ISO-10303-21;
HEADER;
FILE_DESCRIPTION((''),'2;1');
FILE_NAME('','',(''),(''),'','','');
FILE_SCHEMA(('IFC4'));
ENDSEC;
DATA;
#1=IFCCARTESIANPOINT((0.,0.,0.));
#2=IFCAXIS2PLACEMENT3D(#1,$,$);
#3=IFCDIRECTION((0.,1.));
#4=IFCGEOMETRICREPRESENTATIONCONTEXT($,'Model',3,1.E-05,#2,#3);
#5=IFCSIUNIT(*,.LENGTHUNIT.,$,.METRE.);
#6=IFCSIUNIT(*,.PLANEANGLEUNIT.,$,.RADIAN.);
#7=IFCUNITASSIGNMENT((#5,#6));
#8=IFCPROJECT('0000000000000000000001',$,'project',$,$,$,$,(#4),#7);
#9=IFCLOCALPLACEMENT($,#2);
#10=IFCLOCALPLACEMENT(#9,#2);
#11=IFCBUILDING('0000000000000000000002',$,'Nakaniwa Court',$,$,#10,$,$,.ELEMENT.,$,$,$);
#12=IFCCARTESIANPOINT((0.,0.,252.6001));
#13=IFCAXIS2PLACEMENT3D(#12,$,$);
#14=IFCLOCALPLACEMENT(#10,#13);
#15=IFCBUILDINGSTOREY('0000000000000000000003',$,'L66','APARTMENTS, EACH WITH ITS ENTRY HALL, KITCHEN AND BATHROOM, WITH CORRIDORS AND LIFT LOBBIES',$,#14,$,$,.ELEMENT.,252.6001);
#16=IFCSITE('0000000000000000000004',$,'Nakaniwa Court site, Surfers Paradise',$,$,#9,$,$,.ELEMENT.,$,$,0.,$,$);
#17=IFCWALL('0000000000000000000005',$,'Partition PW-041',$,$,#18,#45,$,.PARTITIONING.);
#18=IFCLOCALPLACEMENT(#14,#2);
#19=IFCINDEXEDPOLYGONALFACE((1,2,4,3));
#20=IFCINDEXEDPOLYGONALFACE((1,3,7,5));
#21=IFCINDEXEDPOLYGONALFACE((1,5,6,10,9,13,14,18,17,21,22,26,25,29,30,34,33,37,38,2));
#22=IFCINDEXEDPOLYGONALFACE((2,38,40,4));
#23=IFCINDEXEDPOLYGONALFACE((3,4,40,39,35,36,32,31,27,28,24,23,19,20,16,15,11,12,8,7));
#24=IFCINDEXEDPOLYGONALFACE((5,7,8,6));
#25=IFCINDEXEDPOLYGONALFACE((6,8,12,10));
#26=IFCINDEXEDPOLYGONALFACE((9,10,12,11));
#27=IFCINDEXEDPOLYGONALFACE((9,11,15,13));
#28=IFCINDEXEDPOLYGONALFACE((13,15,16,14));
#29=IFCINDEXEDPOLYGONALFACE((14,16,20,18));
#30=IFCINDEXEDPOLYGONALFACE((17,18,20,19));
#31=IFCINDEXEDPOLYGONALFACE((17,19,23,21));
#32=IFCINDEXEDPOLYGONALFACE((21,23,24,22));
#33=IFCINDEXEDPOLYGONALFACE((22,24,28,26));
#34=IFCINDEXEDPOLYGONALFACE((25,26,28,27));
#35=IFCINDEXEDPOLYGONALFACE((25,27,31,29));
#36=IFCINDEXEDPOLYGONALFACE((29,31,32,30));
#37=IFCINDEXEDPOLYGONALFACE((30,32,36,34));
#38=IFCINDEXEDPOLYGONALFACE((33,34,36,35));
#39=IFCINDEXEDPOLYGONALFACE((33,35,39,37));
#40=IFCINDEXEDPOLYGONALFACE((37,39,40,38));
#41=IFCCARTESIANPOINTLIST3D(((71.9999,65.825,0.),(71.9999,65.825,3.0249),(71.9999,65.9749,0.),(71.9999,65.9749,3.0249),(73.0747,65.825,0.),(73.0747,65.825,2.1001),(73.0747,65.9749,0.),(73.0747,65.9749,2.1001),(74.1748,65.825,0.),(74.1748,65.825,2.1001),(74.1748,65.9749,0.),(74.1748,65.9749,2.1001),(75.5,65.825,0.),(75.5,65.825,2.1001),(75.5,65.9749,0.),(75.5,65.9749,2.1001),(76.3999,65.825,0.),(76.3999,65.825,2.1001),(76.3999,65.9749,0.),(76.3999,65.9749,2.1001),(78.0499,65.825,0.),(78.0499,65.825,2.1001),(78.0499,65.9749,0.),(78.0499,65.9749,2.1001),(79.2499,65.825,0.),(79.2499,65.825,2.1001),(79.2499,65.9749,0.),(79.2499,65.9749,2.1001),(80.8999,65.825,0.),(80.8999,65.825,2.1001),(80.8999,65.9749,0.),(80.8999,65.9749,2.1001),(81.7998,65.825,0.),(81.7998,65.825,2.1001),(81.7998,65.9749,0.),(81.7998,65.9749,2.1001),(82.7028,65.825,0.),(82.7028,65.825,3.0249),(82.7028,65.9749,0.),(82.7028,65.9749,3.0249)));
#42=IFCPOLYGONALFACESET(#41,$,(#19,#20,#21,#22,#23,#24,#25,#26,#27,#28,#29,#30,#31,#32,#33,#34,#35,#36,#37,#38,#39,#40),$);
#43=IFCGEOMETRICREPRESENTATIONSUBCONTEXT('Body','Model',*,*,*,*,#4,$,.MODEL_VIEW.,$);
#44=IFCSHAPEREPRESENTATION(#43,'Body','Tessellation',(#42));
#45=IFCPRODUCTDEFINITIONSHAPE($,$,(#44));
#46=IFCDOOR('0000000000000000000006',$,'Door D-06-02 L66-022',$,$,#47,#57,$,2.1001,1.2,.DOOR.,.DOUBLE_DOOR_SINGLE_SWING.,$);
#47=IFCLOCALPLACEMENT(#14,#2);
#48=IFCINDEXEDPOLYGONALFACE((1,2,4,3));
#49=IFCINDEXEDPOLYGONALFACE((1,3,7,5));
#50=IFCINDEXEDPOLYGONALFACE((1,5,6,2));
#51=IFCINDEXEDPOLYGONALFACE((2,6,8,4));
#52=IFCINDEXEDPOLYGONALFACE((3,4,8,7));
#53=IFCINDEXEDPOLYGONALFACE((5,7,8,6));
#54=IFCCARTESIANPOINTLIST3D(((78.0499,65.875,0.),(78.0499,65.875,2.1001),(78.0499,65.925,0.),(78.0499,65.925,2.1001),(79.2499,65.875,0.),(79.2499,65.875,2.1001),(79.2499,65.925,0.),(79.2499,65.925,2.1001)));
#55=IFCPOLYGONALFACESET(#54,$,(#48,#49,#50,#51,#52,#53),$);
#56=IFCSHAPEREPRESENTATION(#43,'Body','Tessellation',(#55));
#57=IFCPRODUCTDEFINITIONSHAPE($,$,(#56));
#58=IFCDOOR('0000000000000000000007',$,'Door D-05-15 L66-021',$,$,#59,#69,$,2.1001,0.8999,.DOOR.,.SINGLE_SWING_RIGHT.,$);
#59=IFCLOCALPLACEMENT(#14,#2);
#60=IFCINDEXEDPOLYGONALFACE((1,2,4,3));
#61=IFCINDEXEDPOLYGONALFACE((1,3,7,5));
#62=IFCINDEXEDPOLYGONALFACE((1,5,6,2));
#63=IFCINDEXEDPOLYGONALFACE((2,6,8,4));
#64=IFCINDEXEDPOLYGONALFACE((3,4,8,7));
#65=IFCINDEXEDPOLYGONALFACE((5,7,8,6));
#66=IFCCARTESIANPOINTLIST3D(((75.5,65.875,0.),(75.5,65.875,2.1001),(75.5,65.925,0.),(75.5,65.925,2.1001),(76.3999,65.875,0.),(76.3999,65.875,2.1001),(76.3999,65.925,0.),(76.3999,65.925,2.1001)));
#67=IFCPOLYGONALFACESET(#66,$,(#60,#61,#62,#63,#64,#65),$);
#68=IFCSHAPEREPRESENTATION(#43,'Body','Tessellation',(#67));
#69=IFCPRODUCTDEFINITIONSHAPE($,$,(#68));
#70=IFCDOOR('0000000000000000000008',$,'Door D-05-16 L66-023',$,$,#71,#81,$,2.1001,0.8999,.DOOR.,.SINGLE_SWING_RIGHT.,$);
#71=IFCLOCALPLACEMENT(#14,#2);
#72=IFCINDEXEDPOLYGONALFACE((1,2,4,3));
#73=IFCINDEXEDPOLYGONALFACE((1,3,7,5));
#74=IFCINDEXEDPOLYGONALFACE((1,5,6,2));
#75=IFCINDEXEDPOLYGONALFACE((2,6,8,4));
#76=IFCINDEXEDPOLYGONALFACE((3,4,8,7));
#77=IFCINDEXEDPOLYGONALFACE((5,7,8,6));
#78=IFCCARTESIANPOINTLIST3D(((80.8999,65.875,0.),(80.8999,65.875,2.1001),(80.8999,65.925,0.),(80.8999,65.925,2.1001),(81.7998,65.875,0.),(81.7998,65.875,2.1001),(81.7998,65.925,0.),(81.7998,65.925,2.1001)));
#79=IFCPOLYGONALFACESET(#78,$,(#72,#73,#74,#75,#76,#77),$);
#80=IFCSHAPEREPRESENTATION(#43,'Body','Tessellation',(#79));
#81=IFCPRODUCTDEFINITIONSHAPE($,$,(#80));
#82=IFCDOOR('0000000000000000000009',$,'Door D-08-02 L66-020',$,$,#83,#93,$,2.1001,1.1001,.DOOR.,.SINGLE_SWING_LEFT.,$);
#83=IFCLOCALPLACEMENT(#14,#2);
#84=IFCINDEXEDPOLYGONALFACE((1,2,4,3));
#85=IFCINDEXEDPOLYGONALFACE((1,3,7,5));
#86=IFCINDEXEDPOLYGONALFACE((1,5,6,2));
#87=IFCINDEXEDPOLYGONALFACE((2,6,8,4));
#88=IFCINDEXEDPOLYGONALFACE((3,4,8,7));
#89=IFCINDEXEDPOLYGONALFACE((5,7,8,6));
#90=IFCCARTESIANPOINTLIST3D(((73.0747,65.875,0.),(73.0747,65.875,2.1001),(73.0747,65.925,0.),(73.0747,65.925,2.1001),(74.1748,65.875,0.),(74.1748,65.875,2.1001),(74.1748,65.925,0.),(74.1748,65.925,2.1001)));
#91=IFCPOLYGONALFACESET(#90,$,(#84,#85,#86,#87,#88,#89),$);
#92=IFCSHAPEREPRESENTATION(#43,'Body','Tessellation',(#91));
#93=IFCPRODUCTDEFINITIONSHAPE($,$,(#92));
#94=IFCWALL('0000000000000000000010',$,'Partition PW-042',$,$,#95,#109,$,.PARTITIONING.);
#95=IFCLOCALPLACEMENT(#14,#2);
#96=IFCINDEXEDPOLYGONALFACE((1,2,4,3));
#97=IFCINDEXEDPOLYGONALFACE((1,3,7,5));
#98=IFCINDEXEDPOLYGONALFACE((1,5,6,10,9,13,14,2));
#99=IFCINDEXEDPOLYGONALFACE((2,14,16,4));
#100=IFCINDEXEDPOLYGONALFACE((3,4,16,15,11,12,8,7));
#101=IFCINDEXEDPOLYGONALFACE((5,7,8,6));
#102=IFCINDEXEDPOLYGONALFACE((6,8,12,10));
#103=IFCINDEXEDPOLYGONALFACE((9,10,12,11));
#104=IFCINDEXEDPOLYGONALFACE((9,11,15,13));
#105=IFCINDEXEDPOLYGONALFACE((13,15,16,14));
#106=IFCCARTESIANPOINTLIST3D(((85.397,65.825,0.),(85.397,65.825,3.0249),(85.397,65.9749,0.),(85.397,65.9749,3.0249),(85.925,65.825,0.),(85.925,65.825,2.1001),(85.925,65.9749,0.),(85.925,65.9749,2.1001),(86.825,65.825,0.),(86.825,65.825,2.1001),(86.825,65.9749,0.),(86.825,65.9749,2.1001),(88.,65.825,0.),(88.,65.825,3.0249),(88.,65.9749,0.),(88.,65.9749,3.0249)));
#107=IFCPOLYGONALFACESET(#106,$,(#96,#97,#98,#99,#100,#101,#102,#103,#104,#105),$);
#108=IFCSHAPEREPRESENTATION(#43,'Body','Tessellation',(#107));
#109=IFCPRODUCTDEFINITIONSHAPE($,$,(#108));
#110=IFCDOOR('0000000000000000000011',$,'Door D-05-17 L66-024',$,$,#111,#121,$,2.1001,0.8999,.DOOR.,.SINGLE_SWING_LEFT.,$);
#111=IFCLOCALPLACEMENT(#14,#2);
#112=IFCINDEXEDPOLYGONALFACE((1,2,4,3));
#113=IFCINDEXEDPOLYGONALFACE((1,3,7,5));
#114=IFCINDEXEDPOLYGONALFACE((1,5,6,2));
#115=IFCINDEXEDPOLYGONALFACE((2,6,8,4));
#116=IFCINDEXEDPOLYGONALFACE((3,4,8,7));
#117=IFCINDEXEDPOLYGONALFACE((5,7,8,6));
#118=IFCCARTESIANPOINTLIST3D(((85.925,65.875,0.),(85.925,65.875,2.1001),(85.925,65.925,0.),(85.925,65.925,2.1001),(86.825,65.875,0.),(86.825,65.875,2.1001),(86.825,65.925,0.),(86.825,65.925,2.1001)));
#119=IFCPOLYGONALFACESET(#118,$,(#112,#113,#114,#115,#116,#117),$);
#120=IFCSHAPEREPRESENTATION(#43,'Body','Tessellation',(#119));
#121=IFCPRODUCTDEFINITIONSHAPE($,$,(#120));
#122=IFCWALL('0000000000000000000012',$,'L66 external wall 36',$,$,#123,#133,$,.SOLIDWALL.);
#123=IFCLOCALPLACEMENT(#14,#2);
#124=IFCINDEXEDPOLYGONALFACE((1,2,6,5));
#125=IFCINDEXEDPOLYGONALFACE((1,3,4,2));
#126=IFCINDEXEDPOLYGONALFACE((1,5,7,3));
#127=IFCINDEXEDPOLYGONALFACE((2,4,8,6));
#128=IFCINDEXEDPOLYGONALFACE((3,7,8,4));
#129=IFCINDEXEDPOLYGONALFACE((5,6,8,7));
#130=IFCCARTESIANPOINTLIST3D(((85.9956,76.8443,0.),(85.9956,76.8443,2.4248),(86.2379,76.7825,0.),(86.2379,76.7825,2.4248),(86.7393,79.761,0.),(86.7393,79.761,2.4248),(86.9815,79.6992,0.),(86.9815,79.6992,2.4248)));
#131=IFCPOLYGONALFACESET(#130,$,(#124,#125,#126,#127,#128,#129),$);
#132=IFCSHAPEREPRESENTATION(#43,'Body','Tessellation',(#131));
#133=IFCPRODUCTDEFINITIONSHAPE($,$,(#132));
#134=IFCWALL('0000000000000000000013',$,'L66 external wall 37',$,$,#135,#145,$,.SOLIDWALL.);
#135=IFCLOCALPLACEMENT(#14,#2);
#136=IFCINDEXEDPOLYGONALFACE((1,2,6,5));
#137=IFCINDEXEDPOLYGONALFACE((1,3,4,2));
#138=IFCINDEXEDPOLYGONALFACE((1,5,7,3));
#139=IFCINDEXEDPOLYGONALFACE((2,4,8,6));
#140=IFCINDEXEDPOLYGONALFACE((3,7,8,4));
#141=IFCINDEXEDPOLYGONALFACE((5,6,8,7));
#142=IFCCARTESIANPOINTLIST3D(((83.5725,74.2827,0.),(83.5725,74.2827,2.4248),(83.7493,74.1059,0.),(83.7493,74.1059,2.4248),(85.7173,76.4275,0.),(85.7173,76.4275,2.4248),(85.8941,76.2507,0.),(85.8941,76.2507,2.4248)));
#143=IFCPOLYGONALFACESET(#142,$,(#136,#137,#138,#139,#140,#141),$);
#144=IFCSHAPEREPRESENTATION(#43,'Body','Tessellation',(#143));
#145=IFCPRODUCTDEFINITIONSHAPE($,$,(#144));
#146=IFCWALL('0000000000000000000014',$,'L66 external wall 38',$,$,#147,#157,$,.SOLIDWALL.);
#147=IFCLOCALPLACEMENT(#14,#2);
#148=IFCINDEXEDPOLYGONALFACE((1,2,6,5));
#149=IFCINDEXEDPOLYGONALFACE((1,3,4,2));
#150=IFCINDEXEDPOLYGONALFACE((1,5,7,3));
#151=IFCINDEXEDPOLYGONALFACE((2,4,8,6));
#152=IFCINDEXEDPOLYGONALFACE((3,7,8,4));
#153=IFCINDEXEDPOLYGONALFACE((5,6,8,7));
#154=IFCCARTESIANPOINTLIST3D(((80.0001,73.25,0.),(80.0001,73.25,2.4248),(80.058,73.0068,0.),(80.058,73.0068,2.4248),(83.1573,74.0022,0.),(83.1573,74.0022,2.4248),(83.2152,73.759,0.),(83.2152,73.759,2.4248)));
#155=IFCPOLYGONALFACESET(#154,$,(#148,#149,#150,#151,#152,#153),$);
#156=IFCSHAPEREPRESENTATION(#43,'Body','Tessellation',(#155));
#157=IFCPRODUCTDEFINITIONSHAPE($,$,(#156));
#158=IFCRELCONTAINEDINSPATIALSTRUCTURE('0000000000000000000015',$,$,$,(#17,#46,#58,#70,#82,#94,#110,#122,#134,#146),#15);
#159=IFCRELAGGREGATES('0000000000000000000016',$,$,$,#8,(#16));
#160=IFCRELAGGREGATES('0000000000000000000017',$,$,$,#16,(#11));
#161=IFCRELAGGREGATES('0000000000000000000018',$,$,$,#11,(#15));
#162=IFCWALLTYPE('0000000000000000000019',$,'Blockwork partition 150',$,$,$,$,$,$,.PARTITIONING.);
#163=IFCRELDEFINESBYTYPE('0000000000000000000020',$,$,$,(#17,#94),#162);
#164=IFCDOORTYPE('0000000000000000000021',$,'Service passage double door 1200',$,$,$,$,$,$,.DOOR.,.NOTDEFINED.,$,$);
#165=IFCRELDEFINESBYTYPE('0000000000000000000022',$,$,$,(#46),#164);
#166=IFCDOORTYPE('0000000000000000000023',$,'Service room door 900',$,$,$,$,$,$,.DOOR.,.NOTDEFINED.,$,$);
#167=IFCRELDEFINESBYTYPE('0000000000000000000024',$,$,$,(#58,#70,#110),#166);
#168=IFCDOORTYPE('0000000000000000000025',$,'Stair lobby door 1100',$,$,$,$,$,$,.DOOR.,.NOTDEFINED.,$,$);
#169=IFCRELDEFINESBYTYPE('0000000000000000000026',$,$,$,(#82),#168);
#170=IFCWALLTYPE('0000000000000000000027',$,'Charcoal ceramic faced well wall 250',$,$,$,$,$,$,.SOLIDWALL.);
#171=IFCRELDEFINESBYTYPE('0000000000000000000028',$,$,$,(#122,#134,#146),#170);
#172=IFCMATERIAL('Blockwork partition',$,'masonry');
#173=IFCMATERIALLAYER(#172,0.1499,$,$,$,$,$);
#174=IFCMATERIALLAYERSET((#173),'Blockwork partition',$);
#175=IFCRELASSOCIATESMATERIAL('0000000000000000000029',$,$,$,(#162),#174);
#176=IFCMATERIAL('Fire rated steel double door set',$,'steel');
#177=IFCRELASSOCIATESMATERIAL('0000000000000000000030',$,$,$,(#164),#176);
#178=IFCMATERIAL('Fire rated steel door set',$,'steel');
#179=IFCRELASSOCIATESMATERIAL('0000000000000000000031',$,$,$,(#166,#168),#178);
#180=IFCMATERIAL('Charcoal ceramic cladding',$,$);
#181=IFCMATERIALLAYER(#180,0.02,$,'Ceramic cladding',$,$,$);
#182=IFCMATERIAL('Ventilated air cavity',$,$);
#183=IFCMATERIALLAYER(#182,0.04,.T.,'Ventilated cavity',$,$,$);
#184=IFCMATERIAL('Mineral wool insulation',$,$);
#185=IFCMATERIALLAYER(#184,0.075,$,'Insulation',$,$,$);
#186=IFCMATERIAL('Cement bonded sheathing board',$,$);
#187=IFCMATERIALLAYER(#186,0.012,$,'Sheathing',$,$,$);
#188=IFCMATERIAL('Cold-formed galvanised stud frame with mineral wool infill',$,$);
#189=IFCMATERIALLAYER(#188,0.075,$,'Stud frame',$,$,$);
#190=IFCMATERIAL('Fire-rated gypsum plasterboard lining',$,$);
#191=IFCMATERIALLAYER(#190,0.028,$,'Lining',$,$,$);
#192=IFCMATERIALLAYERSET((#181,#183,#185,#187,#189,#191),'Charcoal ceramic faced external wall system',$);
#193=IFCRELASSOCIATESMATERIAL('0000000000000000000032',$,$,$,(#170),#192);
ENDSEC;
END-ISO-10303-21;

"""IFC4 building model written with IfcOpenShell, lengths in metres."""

from ifc_helpers import new_model, si_unit, direction, frame, frame_2d, origin, place, context, subcontext, project, spatial, rectangle, extrude, material, layer, layer_set, type_object, element, fill, save


model = new_model("IFC4")

# Units and contexts
model_context = context("Model", 3, precision=1e-05, world=origin(), true_north=direction((0.0, 1.0)))
body_context = subcontext(model_context, "Body", "Model", "MODEL_VIEW")
ifc_project = project(units=[si_unit("LENGTHUNIT", "METRE"), si_unit("PLANEANGLEUNIT", "RADIAN")], contexts=[model_context])

# Site, building, storey
site_placement = place(None, origin())
site = spatial("IfcSite", under=ifc_project, at=site_placement, Name="Nakaniwa Court site, Surfers Paradise", CompositionType="ELEMENT", RefElevation=0.0)
building_placement = place(site_placement, origin())
building = spatial("IfcBuilding", under=site, at=building_placement, Name="Nakaniwa Court", CompositionType="ELEMENT")
storey_placement = place(building_placement, frame((0.0, 0.0, 252.6001)))
storey = spatial("IfcBuildingStorey", under=building, at=storey_placement, Name="L66", Description="APARTMENTS, EACH WITH ITS ENTRY HALL, KITCHEN AND BATHROOM, WITH CORRIDORS AND LIFT LOBBIES", CompositionType="ELEMENT", Elevation=252.6001)

# Shared definitions
ifc_material_1 = material(Name="Blockwork partition", Category="masonry")
ifc_layer_1 = layer(ifc_material_1, 0.1499)
ifc_layer_set_1 = layer_set([ifc_layer_1], Name="Blockwork partition")
wall_type_1 = type_object("IfcWallType", Name="Blockwork partition 150", PredefinedType="PARTITIONING", material=ifc_layer_set_1)

# Wall, openings, doors
wall_1_placement = place(storey_placement, frame((82.7029, 65.8999, 0.0), z_axis=(0.0, 0.0, 1.0), x_axis=(-1.0, 0.0, 0.0)))
wall_1 = element("IfcWall", 1, at=wall_1_placement, inside=storey, type_object=wall_type_1, Name="Partition PW-041", PredefinedType="PARTITIONING", context=body_context, shape_type="SweptSolid", body=[
    extrude(rectangle(XDim=10.7029, YDim=0.1499, at=frame_2d((5.3516, 0.0))), origin(), (0.0, 0.0, 1.0), 3.0249),
])
opening_1_placement = place(wall_1_placement, frame((8.5281, 0.0, 0.0)))
opening_1 = element("IfcOpeningElement", 2, at=opening_1_placement, cuts=wall_1, PredefinedType="OPENING", context=body_context, shape_type="SweptSolid", body=[
    extrude(rectangle(XDim=1.1001, YDim=2.1001, at=frame_2d((0.55, 1.05))), frame((0.0, 0.085, 0.0), z_axis=(0.0, -1.0, 0.0), x_axis=(1.0, 0.0, 0.0)), (0.0, 0.0, 1.0), 0.1699),
])
opening_2_placement = place(wall_1_placement, frame((6.303, 0.0, 0.0)))
opening_2 = element("IfcOpeningElement", 3, at=opening_2_placement, cuts=wall_1, PredefinedType="OPENING", context=body_context, shape_type="SweptSolid", body=[
    extrude(rectangle(XDim=0.8999, YDim=2.1001, at=frame_2d((0.45, 1.05))), frame((0.0, 0.085, 0.0), z_axis=(0.0, -1.0, 0.0), x_axis=(1.0, 0.0, 0.0)), (0.0, 0.0, 1.0), 0.1699),
])
opening_3_placement = place(wall_1_placement, frame((3.4529, 0.0, 0.0)))
opening_3 = element("IfcOpeningElement", 4, at=opening_3_placement, cuts=wall_1, PredefinedType="OPENING", context=body_context, shape_type="SweptSolid", body=[
    extrude(rectangle(XDim=1.2, YDim=2.1001, at=frame_2d((0.6001, 1.05))), frame((0.0, 0.085, 0.0), z_axis=(0.0, -1.0, 0.0), x_axis=(1.0, 0.0, 0.0)), (0.0, 0.0, 1.0), 0.1699),
])
opening_4_placement = place(wall_1_placement, frame((0.9031, 0.0, 0.0)))
opening_4 = element("IfcOpeningElement", 5, at=opening_4_placement, cuts=wall_1, PredefinedType="OPENING", context=body_context, shape_type="SweptSolid", body=[
    extrude(rectangle(XDim=0.8999, YDim=2.1001, at=frame_2d((0.45, 1.05))), frame((0.0, 0.085, 0.0), z_axis=(0.0, -1.0, 0.0), x_axis=(1.0, 0.0, 0.0)), (0.0, 0.0, 1.0), 0.1699),
])
ifc_material_2 = material(Name="Fire rated steel double door set", Category="steel")
door_type_1 = type_object("IfcDoorType", Name="Service passage double door 1200", OperationType="NOTDEFINED", PredefinedType="DOOR", material=ifc_material_2)
door_1_placement = place(opening_3_placement, origin())
door_1 = element("IfcDoor", 6, at=door_1_placement, inside=storey, type_object=door_type_1, Name="Door D-06-02 L66-022", OperationType="DOUBLE_DOOR_SINGLE_SWING", OverallHeight=2.1001, OverallWidth=1.2, PredefinedType="DOOR", context=body_context, shape_type="SweptSolid", body=[
    extrude(rectangle(XDim=1.2, YDim=2.1001, at=frame_2d((0.6001, 1.05))), frame((0.0, 0.0249, 0.0), z_axis=(0.0, -1.0, 0.0), x_axis=(1.0, 0.0, 0.0)), (0.0, 0.0, 1.0), 0.05),
])
fill(opening_3, door_1)
ifc_material_3 = material(Name="Fire rated steel door set", Category="steel")
door_type_2 = type_object("IfcDoorType", Name="Service room door 900", OperationType="NOTDEFINED", PredefinedType="DOOR", material=ifc_material_3)
door_2_placement = place(opening_2_placement, origin())
door_2 = element("IfcDoor", 7, at=door_2_placement, inside=storey, type_object=door_type_2, Name="Door D-05-15 L66-021", OperationType="SINGLE_SWING_RIGHT", OverallHeight=2.1001, OverallWidth=0.8999, PredefinedType="DOOR", context=body_context, shape_type="SweptSolid", body=[
    extrude(rectangle(XDim=0.8999, YDim=2.1001, at=frame_2d((0.45, 1.05))), frame((0.0, 0.0249, 0.0), z_axis=(0.0, -1.0, 0.0), x_axis=(1.0, 0.0, 0.0)), (0.0, 0.0, 1.0), 0.05),
])
fill(opening_2, door_2)
door_3_placement = place(opening_4_placement, origin())
door_3 = element("IfcDoor", 8, at=door_3_placement, inside=storey, type_object=door_type_2, Name="Door D-05-16 L66-023", OperationType="SINGLE_SWING_RIGHT", OverallHeight=2.1001, OverallWidth=0.8999, PredefinedType="DOOR", context=body_context, shape_type="SweptSolid", body=[
    extrude(rectangle(XDim=0.8999, YDim=2.1001, at=frame_2d((0.45, 1.05))), frame((0.0, 0.0249, 0.0), z_axis=(0.0, -1.0, 0.0), x_axis=(1.0, 0.0, 0.0)), (0.0, 0.0, 1.0), 0.05),
])
fill(opening_4, door_3)
door_type_3 = type_object("IfcDoorType", Name="Stair lobby door 1100", OperationType="NOTDEFINED", PredefinedType="DOOR", material=ifc_material_3)
door_4_placement = place(opening_1_placement, origin())
door_4 = element("IfcDoor", 9, at=door_4_placement, inside=storey, type_object=door_type_3, Name="Door D-08-02 L66-020", OperationType="SINGLE_SWING_LEFT", OverallHeight=2.1001, OverallWidth=1.1001, PredefinedType="DOOR", context=body_context, shape_type="SweptSolid", body=[
    extrude(rectangle(XDim=1.1001, YDim=2.1001, at=frame_2d((0.55, 1.05))), frame((0.0, 0.0249, 0.0), z_axis=(0.0, -1.0, 0.0), x_axis=(1.0, 0.0, 0.0)), (0.0, 0.0, 1.0), 0.05),
])
fill(opening_1, door_4)

# Wall, opening, door
wall_2_placement = place(storey_placement, frame((88.0, 65.8999, 0.0), z_axis=(0.0, 0.0, 1.0), x_axis=(-1.0, 0.0, 0.0)))
wall_2 = element("IfcWall", 10, at=wall_2_placement, inside=storey, type_object=wall_type_1, Name="Partition PW-042", PredefinedType="PARTITIONING", context=body_context, shape_type="SweptSolid", body=[
    extrude(rectangle(XDim=2.603, YDim=0.1499, at=frame_2d((1.3015, 0.0))), origin(), (0.0, 0.0, 1.0), 3.0249),
])
opening_5_placement = place(wall_2_placement, frame((1.175, 0.0, 0.0)))
opening_5 = element("IfcOpeningElement", 11, at=opening_5_placement, cuts=wall_2, PredefinedType="OPENING", context=body_context, shape_type="SweptSolid", body=[
    extrude(rectangle(XDim=0.8999, YDim=2.1001, at=frame_2d((0.45, 1.05))), frame((0.0, 0.085, 0.0), z_axis=(0.0, -1.0, 0.0), x_axis=(1.0, 0.0, 0.0)), (0.0, 0.0, 1.0), 0.1699),
])
door_5_placement = place(opening_5_placement, origin())
door_5 = element("IfcDoor", 12, at=door_5_placement, inside=storey, type_object=door_type_2, Name="Door D-05-17 L66-024", OperationType="SINGLE_SWING_LEFT", OverallHeight=2.1001, OverallWidth=0.8999, PredefinedType="DOOR", context=body_context, shape_type="SweptSolid", body=[
    extrude(rectangle(XDim=0.8999, YDim=2.1001, at=frame_2d((0.45, 1.05))), frame((0.0, 0.0249, 0.0), z_axis=(0.0, -1.0, 0.0), x_axis=(1.0, 0.0, 0.0)), (0.0, 0.0, 1.0), 0.05),
])
fill(opening_5, door_5)

# Walls
ifc_material_4 = material(Name="Charcoal ceramic cladding")
ifc_layer_2 = layer(ifc_material_4, 0.02, Name="Ceramic cladding")
ifc_material_5 = material(Name="Ventilated air cavity")
ifc_layer_3 = layer(ifc_material_5, 0.04, ventilated=True, Name="Ventilated cavity")
ifc_material_6 = material(Name="Mineral wool insulation")
ifc_layer_4 = layer(ifc_material_6, 0.075, Name="Insulation")
ifc_material_7 = material(Name="Cement bonded sheathing board")
ifc_layer_5 = layer(ifc_material_7, 0.012, Name="Sheathing")
ifc_material_8 = material(Name="Cold-formed galvanised stud frame with mineral wool infill")
ifc_layer_6 = layer(ifc_material_8, 0.075, Name="Stud frame")
ifc_material_9 = material(Name="Fire-rated gypsum plasterboard lining")
ifc_layer_7 = layer(ifc_material_9, 0.028, Name="Lining")
ifc_layer_set_2 = layer_set([ifc_layer_2, ifc_layer_3, ifc_layer_4, ifc_layer_5, ifc_layer_6, ifc_layer_7], Name="Charcoal ceramic faced external wall system")
wall_type_2 = type_object("IfcWallType", Name="Charcoal ceramic faced well wall 250", PredefinedType="SOLIDWALL", material=ifc_layer_set_2)
wall_3_placement = place(storey_placement, frame((86.8604, 79.73, 0.0), z_axis=(0.0, 0.0, 1.0), x_axis=(-0.247056, -0.969001, 0.0)))
element("IfcWall", 13, at=wall_3_placement, inside=storey, type_object=wall_type_2, Name="L66 external wall 36", PredefinedType="SOLIDWALL", context=body_context, shape_type="SweptSolid", body=[
    extrude(rectangle(XDim=3.01, YDim=0.25, at=frame_2d((1.5049, 0.0))), origin(), (0.0, 0.0, 1.0), 2.4248),
])
wall_4_placement = place(storey_placement, frame((85.8057, 76.3391, 0.0), z_axis=(0.0, 0.0, 1.0), x_axis=(-0.707107, -0.707107, 0.0)))
element("IfcWall", 14, at=wall_4_placement, inside=storey, type_object=wall_type_2, Name="L66 external wall 37", PredefinedType="SOLIDWALL", context=body_context, shape_type="SweptSolid", body=[
    extrude(rectangle(XDim=3.0332, YDim=0.25, at=frame_2d((1.5166, 0.0))), origin(), (0.0, 0.0, 1.0), 2.4248),
])
wall_5_placement = place(storey_placement, frame((83.1863, 73.8806, 0.0), z_axis=(0.0, 0.0, 1.0), x_axis=(-0.972773, -0.23176, 0.0)))
element("IfcWall", 15, at=wall_5_placement, inside=storey, type_object=wall_type_2, Name="L66 external wall 38", PredefinedType="SOLIDWALL", context=body_context, shape_type="SweptSolid", body=[
    extrude(rectangle(XDim=3.2456, YDim=0.25, at=frame_2d((1.6228, 0.0))), origin(), (0.0, 0.0, 1.0), 2.4248),
])

save(model, "model.ifc")
